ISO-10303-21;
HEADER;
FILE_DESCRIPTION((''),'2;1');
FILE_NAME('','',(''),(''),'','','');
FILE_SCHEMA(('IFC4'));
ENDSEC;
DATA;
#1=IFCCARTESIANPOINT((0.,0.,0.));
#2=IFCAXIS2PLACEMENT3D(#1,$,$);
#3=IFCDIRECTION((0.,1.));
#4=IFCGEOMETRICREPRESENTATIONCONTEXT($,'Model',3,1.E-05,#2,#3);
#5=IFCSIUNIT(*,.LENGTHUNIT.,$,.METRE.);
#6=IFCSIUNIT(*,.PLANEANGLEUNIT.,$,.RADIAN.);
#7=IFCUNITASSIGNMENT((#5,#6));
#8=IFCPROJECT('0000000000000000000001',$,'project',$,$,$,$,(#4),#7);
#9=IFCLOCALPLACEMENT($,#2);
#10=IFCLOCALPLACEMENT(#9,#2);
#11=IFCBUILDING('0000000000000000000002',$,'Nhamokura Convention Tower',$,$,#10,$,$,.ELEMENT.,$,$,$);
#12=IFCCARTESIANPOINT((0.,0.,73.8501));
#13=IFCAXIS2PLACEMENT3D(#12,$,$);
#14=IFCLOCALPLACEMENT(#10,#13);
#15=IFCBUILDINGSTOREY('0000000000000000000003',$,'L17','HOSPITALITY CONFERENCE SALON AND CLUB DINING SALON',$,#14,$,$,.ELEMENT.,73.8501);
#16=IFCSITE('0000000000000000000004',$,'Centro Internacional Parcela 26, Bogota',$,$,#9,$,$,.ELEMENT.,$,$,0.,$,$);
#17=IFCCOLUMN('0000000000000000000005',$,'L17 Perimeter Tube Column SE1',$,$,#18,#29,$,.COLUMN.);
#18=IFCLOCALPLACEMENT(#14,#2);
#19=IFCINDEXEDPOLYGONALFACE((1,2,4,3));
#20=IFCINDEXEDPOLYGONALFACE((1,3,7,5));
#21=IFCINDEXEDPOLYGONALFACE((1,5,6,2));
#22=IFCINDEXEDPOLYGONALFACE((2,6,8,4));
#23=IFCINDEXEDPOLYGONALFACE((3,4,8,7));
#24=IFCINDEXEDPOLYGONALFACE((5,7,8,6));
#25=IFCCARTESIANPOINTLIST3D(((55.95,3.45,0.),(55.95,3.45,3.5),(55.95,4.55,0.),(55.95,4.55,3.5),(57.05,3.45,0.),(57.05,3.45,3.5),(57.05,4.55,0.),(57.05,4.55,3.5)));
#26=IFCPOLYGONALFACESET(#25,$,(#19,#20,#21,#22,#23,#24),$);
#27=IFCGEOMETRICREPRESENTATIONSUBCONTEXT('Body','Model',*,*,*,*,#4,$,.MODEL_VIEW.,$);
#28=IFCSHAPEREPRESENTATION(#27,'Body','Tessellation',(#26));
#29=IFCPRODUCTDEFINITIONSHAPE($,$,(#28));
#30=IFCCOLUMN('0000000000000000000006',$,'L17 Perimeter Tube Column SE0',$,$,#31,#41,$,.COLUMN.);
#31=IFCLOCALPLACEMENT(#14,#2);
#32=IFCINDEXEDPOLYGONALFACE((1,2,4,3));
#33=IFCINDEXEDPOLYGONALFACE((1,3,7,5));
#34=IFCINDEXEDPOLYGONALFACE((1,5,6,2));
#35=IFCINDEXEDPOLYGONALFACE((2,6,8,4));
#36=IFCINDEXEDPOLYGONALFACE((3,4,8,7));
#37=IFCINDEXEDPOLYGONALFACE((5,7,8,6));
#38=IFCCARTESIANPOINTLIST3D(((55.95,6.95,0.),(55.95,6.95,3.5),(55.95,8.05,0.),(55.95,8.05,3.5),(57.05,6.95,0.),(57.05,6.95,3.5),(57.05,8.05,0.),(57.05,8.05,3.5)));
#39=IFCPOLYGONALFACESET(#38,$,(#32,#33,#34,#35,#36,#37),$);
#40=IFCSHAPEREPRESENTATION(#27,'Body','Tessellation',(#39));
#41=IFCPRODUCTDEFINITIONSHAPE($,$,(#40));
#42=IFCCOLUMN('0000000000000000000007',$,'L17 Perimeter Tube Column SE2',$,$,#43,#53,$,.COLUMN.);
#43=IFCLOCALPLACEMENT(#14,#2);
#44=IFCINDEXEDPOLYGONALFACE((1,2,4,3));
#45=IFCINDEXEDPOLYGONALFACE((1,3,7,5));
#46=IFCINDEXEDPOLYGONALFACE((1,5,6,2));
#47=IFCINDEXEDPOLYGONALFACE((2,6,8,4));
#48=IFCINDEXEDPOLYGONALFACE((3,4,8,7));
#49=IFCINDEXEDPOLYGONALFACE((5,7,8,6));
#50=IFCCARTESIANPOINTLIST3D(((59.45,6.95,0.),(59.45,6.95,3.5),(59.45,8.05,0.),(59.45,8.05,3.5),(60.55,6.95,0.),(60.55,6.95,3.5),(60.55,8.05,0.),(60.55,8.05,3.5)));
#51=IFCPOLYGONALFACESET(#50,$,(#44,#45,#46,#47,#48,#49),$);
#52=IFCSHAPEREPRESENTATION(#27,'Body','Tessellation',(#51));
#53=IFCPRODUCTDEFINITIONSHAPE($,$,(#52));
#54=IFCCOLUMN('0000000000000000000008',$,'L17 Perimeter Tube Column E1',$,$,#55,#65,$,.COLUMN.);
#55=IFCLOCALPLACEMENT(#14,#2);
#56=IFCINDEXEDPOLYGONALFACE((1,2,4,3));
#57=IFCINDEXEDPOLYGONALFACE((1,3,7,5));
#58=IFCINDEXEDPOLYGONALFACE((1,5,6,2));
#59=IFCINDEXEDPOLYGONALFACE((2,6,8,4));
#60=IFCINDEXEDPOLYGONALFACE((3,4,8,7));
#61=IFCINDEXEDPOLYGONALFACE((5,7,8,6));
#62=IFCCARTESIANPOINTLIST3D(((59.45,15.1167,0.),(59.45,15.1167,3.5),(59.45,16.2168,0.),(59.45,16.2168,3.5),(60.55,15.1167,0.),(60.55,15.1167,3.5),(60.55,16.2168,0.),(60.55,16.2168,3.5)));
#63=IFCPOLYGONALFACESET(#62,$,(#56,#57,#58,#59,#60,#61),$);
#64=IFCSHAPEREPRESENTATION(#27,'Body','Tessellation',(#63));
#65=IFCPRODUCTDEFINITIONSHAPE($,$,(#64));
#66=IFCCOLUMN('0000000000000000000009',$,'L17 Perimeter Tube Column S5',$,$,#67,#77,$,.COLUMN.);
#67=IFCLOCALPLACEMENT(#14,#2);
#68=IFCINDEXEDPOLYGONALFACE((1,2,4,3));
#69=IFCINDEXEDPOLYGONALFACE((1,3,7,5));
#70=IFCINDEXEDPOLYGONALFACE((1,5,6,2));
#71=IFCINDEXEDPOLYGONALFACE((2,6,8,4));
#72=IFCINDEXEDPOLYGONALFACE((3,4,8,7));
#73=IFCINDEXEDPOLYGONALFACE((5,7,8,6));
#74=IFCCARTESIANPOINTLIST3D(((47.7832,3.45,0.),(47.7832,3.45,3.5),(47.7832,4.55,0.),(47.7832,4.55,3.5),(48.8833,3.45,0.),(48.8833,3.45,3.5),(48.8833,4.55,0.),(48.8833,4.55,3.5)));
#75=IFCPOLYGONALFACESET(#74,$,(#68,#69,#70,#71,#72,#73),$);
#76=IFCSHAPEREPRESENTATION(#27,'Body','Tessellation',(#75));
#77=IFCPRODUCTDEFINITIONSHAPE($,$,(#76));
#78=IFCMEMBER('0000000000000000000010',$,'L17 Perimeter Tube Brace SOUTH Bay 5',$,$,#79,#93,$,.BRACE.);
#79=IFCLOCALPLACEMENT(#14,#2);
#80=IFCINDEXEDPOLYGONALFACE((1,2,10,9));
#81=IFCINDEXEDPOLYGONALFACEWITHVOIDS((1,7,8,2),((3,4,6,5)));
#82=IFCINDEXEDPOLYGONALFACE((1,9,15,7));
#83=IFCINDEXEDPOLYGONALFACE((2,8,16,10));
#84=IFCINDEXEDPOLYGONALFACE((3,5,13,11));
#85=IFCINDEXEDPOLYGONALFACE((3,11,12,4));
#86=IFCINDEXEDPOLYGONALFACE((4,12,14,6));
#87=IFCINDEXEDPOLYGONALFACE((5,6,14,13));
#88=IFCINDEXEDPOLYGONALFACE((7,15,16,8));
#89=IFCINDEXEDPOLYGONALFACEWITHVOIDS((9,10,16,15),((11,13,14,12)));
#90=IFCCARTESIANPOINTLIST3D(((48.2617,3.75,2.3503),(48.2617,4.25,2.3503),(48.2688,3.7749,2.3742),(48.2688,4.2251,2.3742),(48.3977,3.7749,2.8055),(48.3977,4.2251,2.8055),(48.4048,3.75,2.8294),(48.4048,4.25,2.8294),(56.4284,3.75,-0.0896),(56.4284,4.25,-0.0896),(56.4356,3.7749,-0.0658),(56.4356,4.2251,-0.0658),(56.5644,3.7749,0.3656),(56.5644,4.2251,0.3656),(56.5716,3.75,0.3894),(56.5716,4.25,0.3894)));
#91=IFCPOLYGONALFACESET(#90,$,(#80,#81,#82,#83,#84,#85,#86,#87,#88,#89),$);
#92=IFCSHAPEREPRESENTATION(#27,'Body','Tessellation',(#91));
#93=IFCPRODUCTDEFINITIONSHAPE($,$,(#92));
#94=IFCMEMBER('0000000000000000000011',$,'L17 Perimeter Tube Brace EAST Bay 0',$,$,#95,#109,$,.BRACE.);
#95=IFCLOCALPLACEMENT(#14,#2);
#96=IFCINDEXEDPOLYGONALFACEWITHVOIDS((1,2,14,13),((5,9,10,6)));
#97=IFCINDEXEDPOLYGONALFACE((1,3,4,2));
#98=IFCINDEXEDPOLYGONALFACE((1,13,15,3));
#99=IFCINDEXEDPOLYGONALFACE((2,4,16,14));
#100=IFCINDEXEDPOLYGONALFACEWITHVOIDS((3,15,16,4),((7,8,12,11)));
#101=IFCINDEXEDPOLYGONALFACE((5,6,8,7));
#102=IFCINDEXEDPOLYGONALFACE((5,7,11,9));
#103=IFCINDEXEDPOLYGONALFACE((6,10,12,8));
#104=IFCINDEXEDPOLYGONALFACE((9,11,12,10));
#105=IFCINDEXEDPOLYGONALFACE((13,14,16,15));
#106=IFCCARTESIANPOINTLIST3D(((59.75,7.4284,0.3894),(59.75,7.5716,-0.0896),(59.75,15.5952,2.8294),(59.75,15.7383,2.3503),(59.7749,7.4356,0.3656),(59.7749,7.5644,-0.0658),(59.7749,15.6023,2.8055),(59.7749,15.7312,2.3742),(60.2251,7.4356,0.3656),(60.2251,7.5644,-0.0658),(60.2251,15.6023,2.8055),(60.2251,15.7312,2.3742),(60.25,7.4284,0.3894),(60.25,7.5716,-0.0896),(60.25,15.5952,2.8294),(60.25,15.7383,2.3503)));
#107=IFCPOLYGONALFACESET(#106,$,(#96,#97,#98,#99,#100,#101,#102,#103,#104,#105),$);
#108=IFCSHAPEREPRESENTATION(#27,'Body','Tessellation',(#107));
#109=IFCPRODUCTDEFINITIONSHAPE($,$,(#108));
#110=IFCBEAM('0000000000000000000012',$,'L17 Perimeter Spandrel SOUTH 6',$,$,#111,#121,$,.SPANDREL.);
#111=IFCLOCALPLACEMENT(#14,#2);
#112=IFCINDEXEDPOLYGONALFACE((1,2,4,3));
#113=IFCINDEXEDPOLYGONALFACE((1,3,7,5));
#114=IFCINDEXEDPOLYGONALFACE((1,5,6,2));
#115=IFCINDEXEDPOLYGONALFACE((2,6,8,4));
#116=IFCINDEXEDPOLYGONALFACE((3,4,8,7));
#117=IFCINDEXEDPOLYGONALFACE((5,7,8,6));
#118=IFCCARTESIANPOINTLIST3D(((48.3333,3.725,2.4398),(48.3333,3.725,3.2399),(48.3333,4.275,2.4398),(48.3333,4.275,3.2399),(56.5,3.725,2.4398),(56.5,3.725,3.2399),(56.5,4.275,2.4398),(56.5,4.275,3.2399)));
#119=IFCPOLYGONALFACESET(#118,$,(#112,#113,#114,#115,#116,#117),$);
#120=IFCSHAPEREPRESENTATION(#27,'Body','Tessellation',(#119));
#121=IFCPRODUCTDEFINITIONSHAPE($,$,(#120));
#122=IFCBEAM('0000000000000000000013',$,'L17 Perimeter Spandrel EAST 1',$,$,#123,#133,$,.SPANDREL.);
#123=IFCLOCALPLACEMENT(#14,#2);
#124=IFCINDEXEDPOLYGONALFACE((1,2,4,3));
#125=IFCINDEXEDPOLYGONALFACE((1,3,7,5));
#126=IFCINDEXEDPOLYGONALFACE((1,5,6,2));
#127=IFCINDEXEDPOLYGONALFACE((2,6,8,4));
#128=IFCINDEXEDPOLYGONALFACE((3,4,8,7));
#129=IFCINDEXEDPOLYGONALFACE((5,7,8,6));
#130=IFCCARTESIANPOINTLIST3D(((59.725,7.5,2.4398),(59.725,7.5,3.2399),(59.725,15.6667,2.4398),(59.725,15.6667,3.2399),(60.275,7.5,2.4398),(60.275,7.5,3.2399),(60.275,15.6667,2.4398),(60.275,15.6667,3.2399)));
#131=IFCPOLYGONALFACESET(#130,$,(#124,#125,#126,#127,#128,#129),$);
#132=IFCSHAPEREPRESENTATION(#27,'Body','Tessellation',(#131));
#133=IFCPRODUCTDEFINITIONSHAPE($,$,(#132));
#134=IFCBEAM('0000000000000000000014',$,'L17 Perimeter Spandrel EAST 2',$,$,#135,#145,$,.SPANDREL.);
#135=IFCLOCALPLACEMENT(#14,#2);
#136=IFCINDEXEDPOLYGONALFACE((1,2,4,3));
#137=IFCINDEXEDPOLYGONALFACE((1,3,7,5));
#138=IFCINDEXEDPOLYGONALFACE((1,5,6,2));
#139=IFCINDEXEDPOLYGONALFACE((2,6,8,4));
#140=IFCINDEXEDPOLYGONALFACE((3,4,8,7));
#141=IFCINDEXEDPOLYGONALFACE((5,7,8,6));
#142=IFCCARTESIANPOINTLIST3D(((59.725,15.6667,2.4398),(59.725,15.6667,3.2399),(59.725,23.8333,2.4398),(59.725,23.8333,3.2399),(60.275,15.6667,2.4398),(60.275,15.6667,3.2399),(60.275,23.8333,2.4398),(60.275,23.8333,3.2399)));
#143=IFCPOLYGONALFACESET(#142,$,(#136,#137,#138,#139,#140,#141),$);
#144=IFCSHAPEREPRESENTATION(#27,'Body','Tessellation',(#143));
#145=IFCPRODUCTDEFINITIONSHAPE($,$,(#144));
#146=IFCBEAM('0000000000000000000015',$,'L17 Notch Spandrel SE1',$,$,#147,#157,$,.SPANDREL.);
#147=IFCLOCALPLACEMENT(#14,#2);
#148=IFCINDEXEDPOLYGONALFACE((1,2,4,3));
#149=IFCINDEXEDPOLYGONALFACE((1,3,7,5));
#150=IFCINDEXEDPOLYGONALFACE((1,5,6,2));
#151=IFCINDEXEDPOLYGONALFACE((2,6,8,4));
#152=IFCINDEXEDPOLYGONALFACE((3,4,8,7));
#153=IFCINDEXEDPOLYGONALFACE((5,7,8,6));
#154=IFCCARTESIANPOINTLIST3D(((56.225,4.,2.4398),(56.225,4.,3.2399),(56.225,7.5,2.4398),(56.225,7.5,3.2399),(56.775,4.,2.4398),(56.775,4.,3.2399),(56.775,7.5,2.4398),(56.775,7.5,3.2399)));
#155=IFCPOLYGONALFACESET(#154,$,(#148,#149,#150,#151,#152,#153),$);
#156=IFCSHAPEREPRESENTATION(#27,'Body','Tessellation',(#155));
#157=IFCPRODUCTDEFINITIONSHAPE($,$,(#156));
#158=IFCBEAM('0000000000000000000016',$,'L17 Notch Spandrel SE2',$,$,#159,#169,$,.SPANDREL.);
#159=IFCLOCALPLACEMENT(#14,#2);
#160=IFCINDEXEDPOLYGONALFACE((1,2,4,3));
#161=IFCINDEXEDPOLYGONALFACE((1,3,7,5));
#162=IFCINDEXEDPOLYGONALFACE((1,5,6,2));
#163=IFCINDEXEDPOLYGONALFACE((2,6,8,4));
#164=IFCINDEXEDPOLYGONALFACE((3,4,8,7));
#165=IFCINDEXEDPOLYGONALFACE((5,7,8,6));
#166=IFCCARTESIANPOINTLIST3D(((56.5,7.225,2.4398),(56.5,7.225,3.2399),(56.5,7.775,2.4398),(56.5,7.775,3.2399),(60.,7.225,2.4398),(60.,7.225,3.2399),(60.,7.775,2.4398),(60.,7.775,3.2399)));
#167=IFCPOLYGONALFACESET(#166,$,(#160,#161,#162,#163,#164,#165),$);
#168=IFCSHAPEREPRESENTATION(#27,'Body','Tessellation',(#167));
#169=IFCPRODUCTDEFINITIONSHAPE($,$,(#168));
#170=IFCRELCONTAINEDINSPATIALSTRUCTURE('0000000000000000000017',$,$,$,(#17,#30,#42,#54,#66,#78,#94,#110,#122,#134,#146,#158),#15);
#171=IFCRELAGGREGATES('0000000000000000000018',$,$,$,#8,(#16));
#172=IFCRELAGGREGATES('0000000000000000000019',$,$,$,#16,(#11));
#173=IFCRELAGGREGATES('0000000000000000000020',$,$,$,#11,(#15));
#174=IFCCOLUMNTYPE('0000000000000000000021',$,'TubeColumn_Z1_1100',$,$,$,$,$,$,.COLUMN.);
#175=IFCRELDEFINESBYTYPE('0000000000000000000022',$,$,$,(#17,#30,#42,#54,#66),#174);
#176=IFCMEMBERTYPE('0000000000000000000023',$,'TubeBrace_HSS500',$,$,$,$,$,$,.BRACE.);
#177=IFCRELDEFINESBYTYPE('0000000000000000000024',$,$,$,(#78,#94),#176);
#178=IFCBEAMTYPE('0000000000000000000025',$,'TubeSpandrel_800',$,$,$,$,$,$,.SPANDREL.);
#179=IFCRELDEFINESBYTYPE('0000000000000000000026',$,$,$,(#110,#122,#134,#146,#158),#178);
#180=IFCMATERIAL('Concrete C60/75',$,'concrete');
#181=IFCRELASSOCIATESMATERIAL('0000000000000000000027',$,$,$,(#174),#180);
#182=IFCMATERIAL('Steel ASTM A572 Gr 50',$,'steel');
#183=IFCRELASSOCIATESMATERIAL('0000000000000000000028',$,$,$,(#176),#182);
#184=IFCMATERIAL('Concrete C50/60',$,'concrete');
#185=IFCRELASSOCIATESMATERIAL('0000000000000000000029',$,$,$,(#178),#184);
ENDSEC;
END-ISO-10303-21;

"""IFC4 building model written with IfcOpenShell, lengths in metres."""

from ifc_helpers import new_model, si_unit, direction, frame, origin, origin_2d, place, context, subcontext, project, spatial, rectangle, hollow_rectangle, extrude, material, material_profile, profile_set, type_object, element, save


model = new_model("IFC4")

# Units and contexts
model_context = context("Model", 3, precision=1e-05, world=origin(), true_north=direction((0.0, 1.0)))
body_context = subcontext(model_context, "Body", "Model", "MODEL_VIEW")
ifc_project = project(units=[si_unit("LENGTHUNIT", "METRE"), si_unit("PLANEANGLEUNIT", "RADIAN")], contexts=[model_context])

# Site, building, storey
site_placement = place(None, origin())
site = spatial("IfcSite", under=ifc_project, at=site_placement, Name="Centro Internacional Parcela 26, Bogota", CompositionType="ELEMENT", RefElevation=0.0)
building_placement = place(site_placement, origin())
building = spatial("IfcBuilding", under=site, at=building_placement, Name="Nhamokura Convention Tower", CompositionType="ELEMENT")
storey_placement = place(building_placement, frame((0.0, 0.0, 73.8501)))
storey = spatial("IfcBuildingStorey", under=building, at=storey_placement, Name="L17", Description="HOSPITALITY CONFERENCE SALON AND CLUB DINING SALON", CompositionType="ELEMENT", Elevation=73.8501)

# Columns
ifc_material_1 = material(Name="Concrete C60/75", Category="concrete")
ifc_material_profile_1 = material_profile(ifc_material_1, rectangle(XDim=1.1001, YDim=1.1001, at=origin_2d()))
ifc_profile_set_1 = profile_set([ifc_material_profile_1], Name="Concrete C60/75")
column_type = type_object("IfcColumnType", Name="TubeColumn_Z1_1100", PredefinedType="COLUMN", material=ifc_profile_set_1)
for number, where, z_axis, x_axis, name in (
    (1, (56.5, 4.0, 0.0), (0.0, 0.0, 1.0), (1.0, 0.0, 0.0), "L17 Perimeter Tube Column SE1"),
    (2, (56.5, 7.5, 0.0), (0.0, 0.0, 1.0), (1.0, 0.0, 0.0), "L17 Perimeter Tube Column SE0"),
    (3, (60.0, 7.5, 0.0), (0.0, 0.0, 1.0), (1.0, 0.0, 0.0), "L17 Perimeter Tube Column SE2"),
    (4, (60.0, 15.6667, 0.0), (0.0, 0.0, 1.0), (1.0, 0.0, 0.0), "L17 Perimeter Tube Column E1"),
    (5, (48.3333, 4.0, 0.0), (0.0, 0.0, 1.0), (1.0, 0.0, 0.0), "L17 Perimeter Tube Column S5"),
):
    element("IfcColumn", number, at=place(storey_placement, frame(where, z_axis=z_axis, x_axis=x_axis)), inside=storey, type_object=column_type, Name=name, PredefinedType="COLUMN", context=body_context, shape_type="SweptSolid", body=[
        extrude(rectangle(XDim=1.1001, YDim=1.1001, at=origin_2d()), origin(), (0.0, 0.0, 1.0), 3.5),
    ])

# Members
ifc_material_2 = material(Name="Steel ASTM A572 Gr 50", Category="steel")
ifc_material_profile_2 = material_profile(ifc_material_2, hollow_rectangle(XDim=0.5, YDim=0.5, WallThickness=0.0249, at=origin_2d()))
ifc_profile_set_2 = profile_set([ifc_material_profile_2], Name="Steel ASTM A572 Gr 50")
member_type = type_object("IfcMemberType", Name="TubeBrace_HSS500", PredefinedType="BRACE", material=ifc_profile_set_2)
for number, where, z_axis, x_axis, name in (
    (6, (56.5, 4.0, 0.1499), (-0.958151, 0.0, 0.286262), (0.0, -1.0, 0.0), "L17 Perimeter Tube Brace SOUTH Bay 5"),
    (7, (60.0, 7.5, 0.1499), (0.0, 0.958151, 0.286262), (-1.0, 0.0, 0.0), "L17 Perimeter Tube Brace EAST Bay 0"),
):
    element("IfcMember", number, at=place(storey_placement, frame(where, z_axis=z_axis, x_axis=x_axis)), inside=storey, type_object=member_type, Name=name, PredefinedType="BRACE", context=body_context, shape_type="SweptSolid", body=[
        extrude(hollow_rectangle(XDim=0.5, YDim=0.5, WallThickness=0.0249, at=origin_2d()), origin(), (0.0, 0.0, 1.0), 8.5234),
    ])

# Beams
ifc_material_3 = material(Name="Concrete C50/60", Category="concrete")
ifc_material_profile_3 = material_profile(ifc_material_3, rectangle(XDim=0.55, YDim=0.8, at=origin_2d()))
ifc_profile_set_3 = profile_set([ifc_material_profile_3], Name="Concrete C50/60")
beam_type = type_object("IfcBeamType", Name="TubeSpandrel_800", PredefinedType="SPANDREL", material=ifc_profile_set_3)
for number, where, z_axis, x_axis, name in (
    (8, (48.3333, 4.0, 2.8398), (1.0, 0.0, 0.0), (0.0, 1.0, 0.0), "L17 Perimeter Spandrel SOUTH 6"),
    (9, (60.0, 7.5, 2.8398), (0.0, 1.0, 0.0), (-1.0, 0.0, 0.0), "L17 Perimeter Spandrel EAST 1"),
):
    element("IfcBeam", number, at=place(storey_placement, frame(where, z_axis=z_axis, x_axis=x_axis)), inside=storey, type_object=beam_type, Name=name, PredefinedType="SPANDREL", context=body_context, shape_type="SweptSolid", body=[
        extrude(rectangle(XDim=0.55, YDim=0.8, at=origin_2d()), origin(), (0.0, 0.0, 1.0), 8.1667),
    ])
beam_placement = place(storey_placement, frame((60.0, 15.6667, 2.8398), z_axis=(0.0, 1.0, 0.0), x_axis=(-1.0, 0.0, 0.0)))
element("IfcBeam", 10, at=beam_placement, inside=storey, type_object=beam_type, Name="L17 Perimeter Spandrel EAST 2", PredefinedType="SPANDREL", context=body_context, shape_type="SweptSolid", body=[
    extrude(rectangle(XDim=0.55, YDim=0.8, at=origin_2d()), origin(), (0.0, 0.0, 1.0), 8.1665),
])
for number, where, z_axis, x_axis, name in (
    (11, (56.5, 4.0, 2.8398), (0.0, 1.0, 0.0), (-1.0, 0.0, 0.0), "L17 Notch Spandrel SE1"),
    (12, (56.5, 7.5, 2.8398), (1.0, 0.0, 0.0), (0.0, 1.0, 0.0), "L17 Notch Spandrel SE2"),
):
    element("IfcBeam", number, at=place(storey_placement, frame(where, z_axis=z_axis, x_axis=x_axis)), inside=storey, type_object=beam_type, Name=name, PredefinedType="SPANDREL", context=body_context, shape_type="SweptSolid", body=[
        extrude(rectangle(XDim=0.55, YDim=0.8, at=origin_2d()), origin(), (0.0, 0.0, 1.0), 3.5),
    ])

save(model, "model.ifc")
